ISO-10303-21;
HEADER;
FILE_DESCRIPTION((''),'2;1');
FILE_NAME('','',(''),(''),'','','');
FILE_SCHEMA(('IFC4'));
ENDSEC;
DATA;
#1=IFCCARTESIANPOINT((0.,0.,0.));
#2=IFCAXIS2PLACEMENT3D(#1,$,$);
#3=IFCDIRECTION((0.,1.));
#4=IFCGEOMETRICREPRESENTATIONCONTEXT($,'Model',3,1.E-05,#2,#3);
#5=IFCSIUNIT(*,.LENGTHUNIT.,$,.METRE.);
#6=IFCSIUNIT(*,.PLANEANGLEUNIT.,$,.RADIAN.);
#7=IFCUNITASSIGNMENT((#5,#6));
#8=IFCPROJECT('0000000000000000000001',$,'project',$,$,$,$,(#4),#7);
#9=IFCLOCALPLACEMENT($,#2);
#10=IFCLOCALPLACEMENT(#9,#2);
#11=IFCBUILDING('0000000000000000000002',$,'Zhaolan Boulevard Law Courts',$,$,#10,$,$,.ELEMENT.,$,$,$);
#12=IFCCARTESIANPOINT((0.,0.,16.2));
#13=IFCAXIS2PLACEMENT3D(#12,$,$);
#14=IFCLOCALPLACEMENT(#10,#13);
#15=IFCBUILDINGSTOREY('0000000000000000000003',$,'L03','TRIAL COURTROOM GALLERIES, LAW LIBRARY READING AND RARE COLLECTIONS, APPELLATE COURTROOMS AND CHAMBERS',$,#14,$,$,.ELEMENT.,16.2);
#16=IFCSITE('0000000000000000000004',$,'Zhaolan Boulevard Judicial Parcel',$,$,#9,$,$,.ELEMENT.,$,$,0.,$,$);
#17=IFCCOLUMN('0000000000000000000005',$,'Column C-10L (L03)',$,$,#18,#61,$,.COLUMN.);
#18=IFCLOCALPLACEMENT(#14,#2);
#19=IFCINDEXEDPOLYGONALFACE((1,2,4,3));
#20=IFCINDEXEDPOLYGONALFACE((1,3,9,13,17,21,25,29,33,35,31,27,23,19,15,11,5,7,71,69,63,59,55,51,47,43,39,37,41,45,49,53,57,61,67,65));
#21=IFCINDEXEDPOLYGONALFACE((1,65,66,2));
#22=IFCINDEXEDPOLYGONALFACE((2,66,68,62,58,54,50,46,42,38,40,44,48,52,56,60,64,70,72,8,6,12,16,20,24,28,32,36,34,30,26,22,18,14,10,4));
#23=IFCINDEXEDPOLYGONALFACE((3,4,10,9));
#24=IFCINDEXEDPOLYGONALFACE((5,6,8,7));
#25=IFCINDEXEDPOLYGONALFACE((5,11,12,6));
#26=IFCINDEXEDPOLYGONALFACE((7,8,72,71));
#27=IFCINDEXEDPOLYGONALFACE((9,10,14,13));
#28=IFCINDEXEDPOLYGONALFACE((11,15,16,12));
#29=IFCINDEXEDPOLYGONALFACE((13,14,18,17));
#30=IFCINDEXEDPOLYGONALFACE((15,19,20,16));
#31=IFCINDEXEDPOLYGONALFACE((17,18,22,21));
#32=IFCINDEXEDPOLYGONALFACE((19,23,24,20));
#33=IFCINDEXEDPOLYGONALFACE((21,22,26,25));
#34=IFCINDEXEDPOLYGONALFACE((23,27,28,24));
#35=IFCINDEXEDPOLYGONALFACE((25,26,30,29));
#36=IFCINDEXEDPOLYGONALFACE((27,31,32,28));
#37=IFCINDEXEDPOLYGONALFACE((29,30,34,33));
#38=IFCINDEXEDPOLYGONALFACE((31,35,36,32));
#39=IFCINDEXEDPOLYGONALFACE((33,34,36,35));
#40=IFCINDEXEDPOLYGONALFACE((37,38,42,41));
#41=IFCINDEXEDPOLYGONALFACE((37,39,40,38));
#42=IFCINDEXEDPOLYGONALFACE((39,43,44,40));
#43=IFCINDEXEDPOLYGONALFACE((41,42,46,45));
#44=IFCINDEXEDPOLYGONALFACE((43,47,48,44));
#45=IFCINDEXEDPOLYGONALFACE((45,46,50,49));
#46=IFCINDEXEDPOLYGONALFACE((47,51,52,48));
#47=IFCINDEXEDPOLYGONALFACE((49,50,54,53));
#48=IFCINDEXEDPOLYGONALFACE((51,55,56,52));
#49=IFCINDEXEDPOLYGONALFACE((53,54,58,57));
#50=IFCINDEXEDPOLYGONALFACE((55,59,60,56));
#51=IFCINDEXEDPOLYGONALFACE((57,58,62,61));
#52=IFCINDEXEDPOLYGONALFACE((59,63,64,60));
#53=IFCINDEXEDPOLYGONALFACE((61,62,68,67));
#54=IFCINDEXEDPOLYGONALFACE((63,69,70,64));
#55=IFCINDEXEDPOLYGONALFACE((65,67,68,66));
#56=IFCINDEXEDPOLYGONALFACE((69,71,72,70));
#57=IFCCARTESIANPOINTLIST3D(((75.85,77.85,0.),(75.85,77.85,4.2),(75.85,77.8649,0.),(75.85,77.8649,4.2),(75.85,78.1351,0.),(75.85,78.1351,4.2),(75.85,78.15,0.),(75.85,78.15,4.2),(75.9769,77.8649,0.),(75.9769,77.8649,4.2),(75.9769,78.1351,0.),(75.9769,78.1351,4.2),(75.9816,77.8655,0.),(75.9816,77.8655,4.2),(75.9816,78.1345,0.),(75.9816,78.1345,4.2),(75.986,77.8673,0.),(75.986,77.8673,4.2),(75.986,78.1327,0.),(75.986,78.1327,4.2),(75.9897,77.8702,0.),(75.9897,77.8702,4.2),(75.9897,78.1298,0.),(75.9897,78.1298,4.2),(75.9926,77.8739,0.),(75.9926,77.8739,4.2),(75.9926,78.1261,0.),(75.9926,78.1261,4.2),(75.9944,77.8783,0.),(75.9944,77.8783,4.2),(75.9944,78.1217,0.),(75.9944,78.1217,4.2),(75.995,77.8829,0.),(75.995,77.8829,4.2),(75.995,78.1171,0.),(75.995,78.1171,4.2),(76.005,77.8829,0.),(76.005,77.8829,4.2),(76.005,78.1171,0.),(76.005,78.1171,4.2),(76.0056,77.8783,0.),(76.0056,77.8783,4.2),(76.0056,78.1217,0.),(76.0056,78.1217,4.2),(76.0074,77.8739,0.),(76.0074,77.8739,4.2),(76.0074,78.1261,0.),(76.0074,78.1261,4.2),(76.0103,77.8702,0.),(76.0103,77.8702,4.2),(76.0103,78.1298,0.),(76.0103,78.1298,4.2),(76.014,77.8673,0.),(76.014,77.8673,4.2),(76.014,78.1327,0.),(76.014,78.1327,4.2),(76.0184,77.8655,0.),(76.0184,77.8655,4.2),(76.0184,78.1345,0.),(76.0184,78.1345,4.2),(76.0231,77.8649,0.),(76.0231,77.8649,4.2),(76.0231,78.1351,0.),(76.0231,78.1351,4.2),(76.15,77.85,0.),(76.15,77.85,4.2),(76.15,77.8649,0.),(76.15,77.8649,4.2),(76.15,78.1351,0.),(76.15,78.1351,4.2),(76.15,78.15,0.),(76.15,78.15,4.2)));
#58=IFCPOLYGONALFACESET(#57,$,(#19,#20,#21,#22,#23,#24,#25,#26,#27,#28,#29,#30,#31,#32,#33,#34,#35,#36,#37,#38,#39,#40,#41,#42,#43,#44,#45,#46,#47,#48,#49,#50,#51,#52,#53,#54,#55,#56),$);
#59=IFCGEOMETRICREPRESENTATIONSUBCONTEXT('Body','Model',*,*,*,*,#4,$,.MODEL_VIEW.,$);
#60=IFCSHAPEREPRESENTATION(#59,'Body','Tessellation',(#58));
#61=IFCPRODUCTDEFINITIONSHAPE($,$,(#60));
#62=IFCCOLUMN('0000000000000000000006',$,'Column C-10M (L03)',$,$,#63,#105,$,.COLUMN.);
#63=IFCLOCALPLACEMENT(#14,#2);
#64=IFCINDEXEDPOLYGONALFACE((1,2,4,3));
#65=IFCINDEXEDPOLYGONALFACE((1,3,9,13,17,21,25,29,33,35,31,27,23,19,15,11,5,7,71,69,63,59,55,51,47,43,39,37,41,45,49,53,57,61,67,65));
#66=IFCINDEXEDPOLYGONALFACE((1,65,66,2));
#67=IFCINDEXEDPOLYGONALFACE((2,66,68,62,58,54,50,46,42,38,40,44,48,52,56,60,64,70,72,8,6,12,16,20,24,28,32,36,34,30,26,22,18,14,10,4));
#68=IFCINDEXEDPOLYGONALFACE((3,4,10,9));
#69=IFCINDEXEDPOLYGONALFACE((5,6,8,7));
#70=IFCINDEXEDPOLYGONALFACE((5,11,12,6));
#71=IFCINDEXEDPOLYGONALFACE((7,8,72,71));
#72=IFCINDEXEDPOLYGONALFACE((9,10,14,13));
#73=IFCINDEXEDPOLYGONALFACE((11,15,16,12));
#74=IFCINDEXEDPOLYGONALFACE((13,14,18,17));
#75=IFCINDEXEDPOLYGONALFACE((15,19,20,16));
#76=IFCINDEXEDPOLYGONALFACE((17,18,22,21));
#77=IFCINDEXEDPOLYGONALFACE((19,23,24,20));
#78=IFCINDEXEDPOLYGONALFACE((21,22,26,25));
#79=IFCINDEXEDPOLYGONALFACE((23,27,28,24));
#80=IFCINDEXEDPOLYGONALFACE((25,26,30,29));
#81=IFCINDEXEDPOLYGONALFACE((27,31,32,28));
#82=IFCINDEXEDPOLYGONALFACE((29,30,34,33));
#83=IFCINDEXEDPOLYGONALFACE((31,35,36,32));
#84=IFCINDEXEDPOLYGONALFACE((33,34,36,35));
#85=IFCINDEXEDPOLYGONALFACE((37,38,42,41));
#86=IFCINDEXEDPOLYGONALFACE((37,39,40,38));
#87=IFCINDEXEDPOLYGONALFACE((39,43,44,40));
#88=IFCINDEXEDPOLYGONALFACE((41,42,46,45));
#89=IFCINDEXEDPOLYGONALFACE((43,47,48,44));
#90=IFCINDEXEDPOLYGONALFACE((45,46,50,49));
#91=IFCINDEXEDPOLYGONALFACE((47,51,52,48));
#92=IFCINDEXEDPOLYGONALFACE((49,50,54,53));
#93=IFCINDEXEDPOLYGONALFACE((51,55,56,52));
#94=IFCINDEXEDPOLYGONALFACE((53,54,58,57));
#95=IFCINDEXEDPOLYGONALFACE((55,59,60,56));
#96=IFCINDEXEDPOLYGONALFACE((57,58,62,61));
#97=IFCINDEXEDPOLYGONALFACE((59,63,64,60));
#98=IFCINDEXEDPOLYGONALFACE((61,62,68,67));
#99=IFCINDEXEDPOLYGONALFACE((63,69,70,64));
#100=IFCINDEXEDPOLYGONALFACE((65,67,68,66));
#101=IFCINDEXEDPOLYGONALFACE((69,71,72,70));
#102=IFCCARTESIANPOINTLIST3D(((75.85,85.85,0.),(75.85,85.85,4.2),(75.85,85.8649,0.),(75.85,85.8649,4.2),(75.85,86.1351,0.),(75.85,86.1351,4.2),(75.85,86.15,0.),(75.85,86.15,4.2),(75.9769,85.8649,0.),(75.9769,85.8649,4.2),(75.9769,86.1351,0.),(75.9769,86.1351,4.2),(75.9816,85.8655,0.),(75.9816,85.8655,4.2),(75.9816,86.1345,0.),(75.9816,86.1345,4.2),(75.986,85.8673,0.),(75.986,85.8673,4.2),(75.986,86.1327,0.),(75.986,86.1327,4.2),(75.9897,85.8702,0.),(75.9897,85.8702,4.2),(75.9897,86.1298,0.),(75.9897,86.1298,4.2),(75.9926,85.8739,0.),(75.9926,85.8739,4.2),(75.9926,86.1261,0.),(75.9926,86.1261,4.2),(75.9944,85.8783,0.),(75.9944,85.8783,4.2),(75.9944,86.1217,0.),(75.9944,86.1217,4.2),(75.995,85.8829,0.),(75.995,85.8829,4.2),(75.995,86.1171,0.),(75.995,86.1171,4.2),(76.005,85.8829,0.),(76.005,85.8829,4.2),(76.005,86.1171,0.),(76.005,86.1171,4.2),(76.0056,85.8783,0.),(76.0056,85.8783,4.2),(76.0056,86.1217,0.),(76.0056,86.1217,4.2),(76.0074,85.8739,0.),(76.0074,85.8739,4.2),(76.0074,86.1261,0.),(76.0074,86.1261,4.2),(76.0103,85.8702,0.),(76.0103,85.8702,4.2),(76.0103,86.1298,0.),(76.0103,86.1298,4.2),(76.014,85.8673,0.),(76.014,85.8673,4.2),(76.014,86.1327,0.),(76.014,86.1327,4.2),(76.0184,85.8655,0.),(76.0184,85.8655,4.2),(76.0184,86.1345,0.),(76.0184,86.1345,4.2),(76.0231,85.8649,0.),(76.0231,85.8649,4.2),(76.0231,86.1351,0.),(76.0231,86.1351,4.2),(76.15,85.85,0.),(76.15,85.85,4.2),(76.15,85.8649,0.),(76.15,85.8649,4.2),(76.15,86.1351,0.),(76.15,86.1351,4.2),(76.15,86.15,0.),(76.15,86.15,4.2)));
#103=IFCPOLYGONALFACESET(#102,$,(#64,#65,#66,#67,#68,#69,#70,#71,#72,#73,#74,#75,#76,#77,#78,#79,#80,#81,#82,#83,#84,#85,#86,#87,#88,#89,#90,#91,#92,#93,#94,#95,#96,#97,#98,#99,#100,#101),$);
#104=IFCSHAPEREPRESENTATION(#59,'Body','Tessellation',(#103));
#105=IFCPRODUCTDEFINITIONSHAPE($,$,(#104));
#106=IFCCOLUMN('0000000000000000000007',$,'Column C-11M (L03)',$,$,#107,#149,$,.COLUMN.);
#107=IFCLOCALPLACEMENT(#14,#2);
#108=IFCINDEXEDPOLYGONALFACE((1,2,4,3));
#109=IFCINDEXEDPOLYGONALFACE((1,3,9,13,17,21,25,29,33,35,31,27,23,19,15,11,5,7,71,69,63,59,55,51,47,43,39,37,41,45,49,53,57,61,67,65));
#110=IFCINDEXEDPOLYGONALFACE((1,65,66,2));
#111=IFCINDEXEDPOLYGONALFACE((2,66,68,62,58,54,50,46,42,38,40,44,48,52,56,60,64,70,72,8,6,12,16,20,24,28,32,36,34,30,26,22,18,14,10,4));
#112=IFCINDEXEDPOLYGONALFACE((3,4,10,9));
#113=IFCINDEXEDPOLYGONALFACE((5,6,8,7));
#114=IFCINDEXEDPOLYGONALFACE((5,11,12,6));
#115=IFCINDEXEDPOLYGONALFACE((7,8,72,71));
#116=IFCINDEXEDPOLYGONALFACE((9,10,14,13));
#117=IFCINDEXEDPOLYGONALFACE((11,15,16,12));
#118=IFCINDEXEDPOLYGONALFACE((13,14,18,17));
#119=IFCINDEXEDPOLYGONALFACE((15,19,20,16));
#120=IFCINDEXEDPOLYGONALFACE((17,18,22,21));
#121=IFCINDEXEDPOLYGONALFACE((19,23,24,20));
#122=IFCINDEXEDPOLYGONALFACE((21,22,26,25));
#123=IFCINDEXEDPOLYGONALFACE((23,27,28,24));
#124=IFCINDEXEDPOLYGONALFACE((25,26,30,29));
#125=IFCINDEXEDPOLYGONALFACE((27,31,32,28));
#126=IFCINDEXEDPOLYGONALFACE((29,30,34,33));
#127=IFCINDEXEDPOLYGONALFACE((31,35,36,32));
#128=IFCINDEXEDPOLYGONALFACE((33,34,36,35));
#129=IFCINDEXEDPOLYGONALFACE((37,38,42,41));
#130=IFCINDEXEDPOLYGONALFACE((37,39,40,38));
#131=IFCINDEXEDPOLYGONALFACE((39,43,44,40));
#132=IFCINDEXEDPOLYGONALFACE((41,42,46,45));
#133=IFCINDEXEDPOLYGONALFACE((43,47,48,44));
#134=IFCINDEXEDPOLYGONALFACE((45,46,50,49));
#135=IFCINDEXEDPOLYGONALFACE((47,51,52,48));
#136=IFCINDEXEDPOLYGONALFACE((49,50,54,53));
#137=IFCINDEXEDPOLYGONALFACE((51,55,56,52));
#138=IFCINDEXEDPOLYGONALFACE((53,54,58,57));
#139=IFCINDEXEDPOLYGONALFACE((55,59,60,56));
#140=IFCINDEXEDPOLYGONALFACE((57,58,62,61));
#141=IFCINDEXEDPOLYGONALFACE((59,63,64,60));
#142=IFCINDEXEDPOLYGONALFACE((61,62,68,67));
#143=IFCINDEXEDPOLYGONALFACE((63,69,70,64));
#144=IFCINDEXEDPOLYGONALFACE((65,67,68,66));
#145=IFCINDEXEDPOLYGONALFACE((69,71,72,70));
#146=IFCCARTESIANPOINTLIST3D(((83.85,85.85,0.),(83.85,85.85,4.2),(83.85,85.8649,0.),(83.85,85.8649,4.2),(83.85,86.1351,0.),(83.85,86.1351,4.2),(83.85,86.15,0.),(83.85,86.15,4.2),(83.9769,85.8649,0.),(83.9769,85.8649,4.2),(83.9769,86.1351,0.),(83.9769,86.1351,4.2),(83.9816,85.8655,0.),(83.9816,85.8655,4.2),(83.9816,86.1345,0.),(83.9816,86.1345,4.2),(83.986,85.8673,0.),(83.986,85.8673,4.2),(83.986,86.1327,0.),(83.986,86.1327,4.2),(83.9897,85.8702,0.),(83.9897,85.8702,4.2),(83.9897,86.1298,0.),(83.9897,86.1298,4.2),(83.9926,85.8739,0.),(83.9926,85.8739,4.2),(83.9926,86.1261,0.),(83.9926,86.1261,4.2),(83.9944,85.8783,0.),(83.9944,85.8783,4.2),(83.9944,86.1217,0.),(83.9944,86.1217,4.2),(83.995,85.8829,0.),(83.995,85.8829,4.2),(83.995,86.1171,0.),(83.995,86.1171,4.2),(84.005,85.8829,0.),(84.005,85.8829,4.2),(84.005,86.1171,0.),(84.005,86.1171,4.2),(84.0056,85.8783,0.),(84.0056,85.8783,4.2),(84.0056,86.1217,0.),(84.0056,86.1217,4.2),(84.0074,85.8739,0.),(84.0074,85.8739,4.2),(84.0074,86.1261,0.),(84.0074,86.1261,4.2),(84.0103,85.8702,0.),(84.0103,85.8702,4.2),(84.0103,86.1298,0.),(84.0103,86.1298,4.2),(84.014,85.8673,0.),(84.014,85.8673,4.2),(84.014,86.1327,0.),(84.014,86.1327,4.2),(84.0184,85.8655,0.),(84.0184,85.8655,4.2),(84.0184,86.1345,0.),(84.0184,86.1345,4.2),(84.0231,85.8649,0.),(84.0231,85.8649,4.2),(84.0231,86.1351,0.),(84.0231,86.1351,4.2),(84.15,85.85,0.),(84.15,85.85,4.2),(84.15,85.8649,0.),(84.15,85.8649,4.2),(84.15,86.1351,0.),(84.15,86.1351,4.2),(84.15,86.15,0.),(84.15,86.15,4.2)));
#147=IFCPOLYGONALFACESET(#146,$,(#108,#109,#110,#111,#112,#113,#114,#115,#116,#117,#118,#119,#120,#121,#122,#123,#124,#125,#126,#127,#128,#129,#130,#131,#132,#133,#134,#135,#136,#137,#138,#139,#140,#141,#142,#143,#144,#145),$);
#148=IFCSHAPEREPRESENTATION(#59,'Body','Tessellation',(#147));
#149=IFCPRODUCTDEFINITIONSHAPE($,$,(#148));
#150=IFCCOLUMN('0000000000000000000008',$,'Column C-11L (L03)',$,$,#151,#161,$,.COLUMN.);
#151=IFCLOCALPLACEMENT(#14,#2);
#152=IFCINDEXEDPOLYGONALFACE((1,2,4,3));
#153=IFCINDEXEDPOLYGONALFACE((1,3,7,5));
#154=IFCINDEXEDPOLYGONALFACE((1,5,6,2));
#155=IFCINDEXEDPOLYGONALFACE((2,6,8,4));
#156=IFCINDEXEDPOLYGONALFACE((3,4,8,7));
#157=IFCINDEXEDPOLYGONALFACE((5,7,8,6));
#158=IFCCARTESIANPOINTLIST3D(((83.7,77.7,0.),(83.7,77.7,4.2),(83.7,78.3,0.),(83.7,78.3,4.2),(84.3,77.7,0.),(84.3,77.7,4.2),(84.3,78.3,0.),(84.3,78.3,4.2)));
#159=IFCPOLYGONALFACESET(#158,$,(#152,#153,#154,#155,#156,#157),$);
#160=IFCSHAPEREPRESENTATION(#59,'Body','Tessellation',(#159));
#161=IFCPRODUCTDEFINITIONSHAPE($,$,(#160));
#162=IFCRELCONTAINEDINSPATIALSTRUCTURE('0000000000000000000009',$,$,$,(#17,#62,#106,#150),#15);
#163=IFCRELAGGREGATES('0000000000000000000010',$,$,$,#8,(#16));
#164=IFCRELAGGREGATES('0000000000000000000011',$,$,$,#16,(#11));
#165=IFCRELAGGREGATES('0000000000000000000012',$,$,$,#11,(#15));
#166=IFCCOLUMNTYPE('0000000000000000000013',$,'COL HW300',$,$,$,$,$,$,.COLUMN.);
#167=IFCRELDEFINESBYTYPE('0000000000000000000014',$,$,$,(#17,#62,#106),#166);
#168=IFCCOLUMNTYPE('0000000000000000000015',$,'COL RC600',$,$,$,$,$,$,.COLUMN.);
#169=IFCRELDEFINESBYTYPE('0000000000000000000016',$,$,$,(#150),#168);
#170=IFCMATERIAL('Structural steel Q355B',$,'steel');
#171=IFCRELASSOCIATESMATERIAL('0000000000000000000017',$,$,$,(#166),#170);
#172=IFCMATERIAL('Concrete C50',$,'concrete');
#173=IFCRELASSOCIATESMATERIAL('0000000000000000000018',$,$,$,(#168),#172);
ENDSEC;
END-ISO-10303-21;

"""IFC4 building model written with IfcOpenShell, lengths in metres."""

from ifc_helpers import new_model, si_unit, direction, frame, origin, origin_2d, place, context, subcontext, project, spatial, rectangle, i_section, extrude, material, material_profile, profile_set, type_object, element, save


model = new_model("IFC4")

# Units and contexts
model_context = context("Model", 3, precision=1e-05, world=origin(), true_north=direction((0.0, 1.0)))
body_context = subcontext(model_context, "Body", "Model", "MODEL_VIEW")
ifc_project = project(units=[si_unit("LENGTHUNIT", "METRE"), si_unit("PLANEANGLEUNIT", "RADIAN")], contexts=[model_context])

# Site, building, storey
site_placement = place(None, origin())
site = spatial("IfcSite", under=ifc_project, at=site_placement, Name="Zhaolan Boulevard Judicial Parcel", CompositionType="ELEMENT", RefElevation=0.0)
building_placement = place(site_placement, origin())
building = spatial("IfcBuilding", under=site, at=building_placement, Name="Zhaolan Boulevard Law Courts", CompositionType="ELEMENT")
storey_placement = place(building_placement, frame((0.0, 0.0, 16.2)))
storey = spatial("IfcBuildingStorey", under=building, at=storey_placement, Name="L03", Description="TRIAL COURTROOM GALLERIES, LAW LIBRARY READING AND RARE COLLECTIONS, APPELLATE COURTROOMS AND CHAMBERS", CompositionType="ELEMENT", Elevation=16.2)

# Columns
ifc_material_1 = material(Name="Structural steel Q355B", Category="steel")
ifc_material_profile_1 = material_profile(ifc_material_1, i_section(OverallWidth=0.3, OverallDepth=0.3, WebThickness=0.01, FlangeThickness=0.0149, FilletRadius=0.0181, at=origin_2d()), Name="HW300x300")
ifc_profile_set_1 = profile_set([ifc_material_profile_1], Name="Structural steel Q355B")
column_type_1 = type_object("IfcColumnType", Name="COL HW300", PredefinedType="COLUMN", material=ifc_profile_set_1)
for number, where, z_axis, x_axis, name in (
    (1, (76.0, 78.0, 0.0), (0.0, 0.0, 1.0), (1.0, 0.0, 0.0), "Column C-10L (L03)"),
    (2, (76.0, 86.0, 0.0), (0.0, 0.0, 1.0), (1.0, 0.0, 0.0), "Column C-10M (L03)"),
    (3, (84.0, 86.0, 0.0), (0.0, 0.0, 1.0), (1.0, 0.0, 0.0), "Column C-11M (L03)"),
):
    element("IfcColumn", number, at=place(storey_placement, frame(where, z_axis=z_axis, x_axis=x_axis)), inside=storey, type_object=column_type_1, Name=name, PredefinedType="COLUMN", context=body_context, shape_type="SweptSolid", body=[
        extrude(i_section(OverallWidth=0.3, OverallDepth=0.3, WebThickness=0.01, FlangeThickness=0.0149, FilletRadius=0.0181, at=origin_2d()), origin(), (0.0, 0.0, 1.0), 4.2),
    ])
ifc_material_2 = material(Name="Concrete C50", Category="concrete")
ifc_material_profile_2 = material_profile(ifc_material_2, rectangle(XDim=0.6001, YDim=0.6001, at=origin_2d()), Name="RC600x600")
ifc_profile_set_2 = profile_set([ifc_material_profile_2], Name="Concrete C50")
column_type_2 = type_object("IfcColumnType", Name="COL RC600", PredefinedType="COLUMN", material=ifc_profile_set_2)
column_placement = place(storey_placement, frame((84.0, 78.0, 0.0), z_axis=(0.0, 0.0, 1.0), x_axis=(1.0, 0.0, 0.0)))
element("IfcColumn", 4, at=column_placement, inside=storey, type_object=column_type_2, Name="Column C-11L (L03)", PredefinedType="COLUMN", context=body_context, shape_type="SweptSolid", body=[
    extrude(rectangle(XDim=0.6001, YDim=0.6001, at=origin_2d()), origin(), (0.0, 0.0, 1.0), 4.2),
])

save(model, "model.ifc")
